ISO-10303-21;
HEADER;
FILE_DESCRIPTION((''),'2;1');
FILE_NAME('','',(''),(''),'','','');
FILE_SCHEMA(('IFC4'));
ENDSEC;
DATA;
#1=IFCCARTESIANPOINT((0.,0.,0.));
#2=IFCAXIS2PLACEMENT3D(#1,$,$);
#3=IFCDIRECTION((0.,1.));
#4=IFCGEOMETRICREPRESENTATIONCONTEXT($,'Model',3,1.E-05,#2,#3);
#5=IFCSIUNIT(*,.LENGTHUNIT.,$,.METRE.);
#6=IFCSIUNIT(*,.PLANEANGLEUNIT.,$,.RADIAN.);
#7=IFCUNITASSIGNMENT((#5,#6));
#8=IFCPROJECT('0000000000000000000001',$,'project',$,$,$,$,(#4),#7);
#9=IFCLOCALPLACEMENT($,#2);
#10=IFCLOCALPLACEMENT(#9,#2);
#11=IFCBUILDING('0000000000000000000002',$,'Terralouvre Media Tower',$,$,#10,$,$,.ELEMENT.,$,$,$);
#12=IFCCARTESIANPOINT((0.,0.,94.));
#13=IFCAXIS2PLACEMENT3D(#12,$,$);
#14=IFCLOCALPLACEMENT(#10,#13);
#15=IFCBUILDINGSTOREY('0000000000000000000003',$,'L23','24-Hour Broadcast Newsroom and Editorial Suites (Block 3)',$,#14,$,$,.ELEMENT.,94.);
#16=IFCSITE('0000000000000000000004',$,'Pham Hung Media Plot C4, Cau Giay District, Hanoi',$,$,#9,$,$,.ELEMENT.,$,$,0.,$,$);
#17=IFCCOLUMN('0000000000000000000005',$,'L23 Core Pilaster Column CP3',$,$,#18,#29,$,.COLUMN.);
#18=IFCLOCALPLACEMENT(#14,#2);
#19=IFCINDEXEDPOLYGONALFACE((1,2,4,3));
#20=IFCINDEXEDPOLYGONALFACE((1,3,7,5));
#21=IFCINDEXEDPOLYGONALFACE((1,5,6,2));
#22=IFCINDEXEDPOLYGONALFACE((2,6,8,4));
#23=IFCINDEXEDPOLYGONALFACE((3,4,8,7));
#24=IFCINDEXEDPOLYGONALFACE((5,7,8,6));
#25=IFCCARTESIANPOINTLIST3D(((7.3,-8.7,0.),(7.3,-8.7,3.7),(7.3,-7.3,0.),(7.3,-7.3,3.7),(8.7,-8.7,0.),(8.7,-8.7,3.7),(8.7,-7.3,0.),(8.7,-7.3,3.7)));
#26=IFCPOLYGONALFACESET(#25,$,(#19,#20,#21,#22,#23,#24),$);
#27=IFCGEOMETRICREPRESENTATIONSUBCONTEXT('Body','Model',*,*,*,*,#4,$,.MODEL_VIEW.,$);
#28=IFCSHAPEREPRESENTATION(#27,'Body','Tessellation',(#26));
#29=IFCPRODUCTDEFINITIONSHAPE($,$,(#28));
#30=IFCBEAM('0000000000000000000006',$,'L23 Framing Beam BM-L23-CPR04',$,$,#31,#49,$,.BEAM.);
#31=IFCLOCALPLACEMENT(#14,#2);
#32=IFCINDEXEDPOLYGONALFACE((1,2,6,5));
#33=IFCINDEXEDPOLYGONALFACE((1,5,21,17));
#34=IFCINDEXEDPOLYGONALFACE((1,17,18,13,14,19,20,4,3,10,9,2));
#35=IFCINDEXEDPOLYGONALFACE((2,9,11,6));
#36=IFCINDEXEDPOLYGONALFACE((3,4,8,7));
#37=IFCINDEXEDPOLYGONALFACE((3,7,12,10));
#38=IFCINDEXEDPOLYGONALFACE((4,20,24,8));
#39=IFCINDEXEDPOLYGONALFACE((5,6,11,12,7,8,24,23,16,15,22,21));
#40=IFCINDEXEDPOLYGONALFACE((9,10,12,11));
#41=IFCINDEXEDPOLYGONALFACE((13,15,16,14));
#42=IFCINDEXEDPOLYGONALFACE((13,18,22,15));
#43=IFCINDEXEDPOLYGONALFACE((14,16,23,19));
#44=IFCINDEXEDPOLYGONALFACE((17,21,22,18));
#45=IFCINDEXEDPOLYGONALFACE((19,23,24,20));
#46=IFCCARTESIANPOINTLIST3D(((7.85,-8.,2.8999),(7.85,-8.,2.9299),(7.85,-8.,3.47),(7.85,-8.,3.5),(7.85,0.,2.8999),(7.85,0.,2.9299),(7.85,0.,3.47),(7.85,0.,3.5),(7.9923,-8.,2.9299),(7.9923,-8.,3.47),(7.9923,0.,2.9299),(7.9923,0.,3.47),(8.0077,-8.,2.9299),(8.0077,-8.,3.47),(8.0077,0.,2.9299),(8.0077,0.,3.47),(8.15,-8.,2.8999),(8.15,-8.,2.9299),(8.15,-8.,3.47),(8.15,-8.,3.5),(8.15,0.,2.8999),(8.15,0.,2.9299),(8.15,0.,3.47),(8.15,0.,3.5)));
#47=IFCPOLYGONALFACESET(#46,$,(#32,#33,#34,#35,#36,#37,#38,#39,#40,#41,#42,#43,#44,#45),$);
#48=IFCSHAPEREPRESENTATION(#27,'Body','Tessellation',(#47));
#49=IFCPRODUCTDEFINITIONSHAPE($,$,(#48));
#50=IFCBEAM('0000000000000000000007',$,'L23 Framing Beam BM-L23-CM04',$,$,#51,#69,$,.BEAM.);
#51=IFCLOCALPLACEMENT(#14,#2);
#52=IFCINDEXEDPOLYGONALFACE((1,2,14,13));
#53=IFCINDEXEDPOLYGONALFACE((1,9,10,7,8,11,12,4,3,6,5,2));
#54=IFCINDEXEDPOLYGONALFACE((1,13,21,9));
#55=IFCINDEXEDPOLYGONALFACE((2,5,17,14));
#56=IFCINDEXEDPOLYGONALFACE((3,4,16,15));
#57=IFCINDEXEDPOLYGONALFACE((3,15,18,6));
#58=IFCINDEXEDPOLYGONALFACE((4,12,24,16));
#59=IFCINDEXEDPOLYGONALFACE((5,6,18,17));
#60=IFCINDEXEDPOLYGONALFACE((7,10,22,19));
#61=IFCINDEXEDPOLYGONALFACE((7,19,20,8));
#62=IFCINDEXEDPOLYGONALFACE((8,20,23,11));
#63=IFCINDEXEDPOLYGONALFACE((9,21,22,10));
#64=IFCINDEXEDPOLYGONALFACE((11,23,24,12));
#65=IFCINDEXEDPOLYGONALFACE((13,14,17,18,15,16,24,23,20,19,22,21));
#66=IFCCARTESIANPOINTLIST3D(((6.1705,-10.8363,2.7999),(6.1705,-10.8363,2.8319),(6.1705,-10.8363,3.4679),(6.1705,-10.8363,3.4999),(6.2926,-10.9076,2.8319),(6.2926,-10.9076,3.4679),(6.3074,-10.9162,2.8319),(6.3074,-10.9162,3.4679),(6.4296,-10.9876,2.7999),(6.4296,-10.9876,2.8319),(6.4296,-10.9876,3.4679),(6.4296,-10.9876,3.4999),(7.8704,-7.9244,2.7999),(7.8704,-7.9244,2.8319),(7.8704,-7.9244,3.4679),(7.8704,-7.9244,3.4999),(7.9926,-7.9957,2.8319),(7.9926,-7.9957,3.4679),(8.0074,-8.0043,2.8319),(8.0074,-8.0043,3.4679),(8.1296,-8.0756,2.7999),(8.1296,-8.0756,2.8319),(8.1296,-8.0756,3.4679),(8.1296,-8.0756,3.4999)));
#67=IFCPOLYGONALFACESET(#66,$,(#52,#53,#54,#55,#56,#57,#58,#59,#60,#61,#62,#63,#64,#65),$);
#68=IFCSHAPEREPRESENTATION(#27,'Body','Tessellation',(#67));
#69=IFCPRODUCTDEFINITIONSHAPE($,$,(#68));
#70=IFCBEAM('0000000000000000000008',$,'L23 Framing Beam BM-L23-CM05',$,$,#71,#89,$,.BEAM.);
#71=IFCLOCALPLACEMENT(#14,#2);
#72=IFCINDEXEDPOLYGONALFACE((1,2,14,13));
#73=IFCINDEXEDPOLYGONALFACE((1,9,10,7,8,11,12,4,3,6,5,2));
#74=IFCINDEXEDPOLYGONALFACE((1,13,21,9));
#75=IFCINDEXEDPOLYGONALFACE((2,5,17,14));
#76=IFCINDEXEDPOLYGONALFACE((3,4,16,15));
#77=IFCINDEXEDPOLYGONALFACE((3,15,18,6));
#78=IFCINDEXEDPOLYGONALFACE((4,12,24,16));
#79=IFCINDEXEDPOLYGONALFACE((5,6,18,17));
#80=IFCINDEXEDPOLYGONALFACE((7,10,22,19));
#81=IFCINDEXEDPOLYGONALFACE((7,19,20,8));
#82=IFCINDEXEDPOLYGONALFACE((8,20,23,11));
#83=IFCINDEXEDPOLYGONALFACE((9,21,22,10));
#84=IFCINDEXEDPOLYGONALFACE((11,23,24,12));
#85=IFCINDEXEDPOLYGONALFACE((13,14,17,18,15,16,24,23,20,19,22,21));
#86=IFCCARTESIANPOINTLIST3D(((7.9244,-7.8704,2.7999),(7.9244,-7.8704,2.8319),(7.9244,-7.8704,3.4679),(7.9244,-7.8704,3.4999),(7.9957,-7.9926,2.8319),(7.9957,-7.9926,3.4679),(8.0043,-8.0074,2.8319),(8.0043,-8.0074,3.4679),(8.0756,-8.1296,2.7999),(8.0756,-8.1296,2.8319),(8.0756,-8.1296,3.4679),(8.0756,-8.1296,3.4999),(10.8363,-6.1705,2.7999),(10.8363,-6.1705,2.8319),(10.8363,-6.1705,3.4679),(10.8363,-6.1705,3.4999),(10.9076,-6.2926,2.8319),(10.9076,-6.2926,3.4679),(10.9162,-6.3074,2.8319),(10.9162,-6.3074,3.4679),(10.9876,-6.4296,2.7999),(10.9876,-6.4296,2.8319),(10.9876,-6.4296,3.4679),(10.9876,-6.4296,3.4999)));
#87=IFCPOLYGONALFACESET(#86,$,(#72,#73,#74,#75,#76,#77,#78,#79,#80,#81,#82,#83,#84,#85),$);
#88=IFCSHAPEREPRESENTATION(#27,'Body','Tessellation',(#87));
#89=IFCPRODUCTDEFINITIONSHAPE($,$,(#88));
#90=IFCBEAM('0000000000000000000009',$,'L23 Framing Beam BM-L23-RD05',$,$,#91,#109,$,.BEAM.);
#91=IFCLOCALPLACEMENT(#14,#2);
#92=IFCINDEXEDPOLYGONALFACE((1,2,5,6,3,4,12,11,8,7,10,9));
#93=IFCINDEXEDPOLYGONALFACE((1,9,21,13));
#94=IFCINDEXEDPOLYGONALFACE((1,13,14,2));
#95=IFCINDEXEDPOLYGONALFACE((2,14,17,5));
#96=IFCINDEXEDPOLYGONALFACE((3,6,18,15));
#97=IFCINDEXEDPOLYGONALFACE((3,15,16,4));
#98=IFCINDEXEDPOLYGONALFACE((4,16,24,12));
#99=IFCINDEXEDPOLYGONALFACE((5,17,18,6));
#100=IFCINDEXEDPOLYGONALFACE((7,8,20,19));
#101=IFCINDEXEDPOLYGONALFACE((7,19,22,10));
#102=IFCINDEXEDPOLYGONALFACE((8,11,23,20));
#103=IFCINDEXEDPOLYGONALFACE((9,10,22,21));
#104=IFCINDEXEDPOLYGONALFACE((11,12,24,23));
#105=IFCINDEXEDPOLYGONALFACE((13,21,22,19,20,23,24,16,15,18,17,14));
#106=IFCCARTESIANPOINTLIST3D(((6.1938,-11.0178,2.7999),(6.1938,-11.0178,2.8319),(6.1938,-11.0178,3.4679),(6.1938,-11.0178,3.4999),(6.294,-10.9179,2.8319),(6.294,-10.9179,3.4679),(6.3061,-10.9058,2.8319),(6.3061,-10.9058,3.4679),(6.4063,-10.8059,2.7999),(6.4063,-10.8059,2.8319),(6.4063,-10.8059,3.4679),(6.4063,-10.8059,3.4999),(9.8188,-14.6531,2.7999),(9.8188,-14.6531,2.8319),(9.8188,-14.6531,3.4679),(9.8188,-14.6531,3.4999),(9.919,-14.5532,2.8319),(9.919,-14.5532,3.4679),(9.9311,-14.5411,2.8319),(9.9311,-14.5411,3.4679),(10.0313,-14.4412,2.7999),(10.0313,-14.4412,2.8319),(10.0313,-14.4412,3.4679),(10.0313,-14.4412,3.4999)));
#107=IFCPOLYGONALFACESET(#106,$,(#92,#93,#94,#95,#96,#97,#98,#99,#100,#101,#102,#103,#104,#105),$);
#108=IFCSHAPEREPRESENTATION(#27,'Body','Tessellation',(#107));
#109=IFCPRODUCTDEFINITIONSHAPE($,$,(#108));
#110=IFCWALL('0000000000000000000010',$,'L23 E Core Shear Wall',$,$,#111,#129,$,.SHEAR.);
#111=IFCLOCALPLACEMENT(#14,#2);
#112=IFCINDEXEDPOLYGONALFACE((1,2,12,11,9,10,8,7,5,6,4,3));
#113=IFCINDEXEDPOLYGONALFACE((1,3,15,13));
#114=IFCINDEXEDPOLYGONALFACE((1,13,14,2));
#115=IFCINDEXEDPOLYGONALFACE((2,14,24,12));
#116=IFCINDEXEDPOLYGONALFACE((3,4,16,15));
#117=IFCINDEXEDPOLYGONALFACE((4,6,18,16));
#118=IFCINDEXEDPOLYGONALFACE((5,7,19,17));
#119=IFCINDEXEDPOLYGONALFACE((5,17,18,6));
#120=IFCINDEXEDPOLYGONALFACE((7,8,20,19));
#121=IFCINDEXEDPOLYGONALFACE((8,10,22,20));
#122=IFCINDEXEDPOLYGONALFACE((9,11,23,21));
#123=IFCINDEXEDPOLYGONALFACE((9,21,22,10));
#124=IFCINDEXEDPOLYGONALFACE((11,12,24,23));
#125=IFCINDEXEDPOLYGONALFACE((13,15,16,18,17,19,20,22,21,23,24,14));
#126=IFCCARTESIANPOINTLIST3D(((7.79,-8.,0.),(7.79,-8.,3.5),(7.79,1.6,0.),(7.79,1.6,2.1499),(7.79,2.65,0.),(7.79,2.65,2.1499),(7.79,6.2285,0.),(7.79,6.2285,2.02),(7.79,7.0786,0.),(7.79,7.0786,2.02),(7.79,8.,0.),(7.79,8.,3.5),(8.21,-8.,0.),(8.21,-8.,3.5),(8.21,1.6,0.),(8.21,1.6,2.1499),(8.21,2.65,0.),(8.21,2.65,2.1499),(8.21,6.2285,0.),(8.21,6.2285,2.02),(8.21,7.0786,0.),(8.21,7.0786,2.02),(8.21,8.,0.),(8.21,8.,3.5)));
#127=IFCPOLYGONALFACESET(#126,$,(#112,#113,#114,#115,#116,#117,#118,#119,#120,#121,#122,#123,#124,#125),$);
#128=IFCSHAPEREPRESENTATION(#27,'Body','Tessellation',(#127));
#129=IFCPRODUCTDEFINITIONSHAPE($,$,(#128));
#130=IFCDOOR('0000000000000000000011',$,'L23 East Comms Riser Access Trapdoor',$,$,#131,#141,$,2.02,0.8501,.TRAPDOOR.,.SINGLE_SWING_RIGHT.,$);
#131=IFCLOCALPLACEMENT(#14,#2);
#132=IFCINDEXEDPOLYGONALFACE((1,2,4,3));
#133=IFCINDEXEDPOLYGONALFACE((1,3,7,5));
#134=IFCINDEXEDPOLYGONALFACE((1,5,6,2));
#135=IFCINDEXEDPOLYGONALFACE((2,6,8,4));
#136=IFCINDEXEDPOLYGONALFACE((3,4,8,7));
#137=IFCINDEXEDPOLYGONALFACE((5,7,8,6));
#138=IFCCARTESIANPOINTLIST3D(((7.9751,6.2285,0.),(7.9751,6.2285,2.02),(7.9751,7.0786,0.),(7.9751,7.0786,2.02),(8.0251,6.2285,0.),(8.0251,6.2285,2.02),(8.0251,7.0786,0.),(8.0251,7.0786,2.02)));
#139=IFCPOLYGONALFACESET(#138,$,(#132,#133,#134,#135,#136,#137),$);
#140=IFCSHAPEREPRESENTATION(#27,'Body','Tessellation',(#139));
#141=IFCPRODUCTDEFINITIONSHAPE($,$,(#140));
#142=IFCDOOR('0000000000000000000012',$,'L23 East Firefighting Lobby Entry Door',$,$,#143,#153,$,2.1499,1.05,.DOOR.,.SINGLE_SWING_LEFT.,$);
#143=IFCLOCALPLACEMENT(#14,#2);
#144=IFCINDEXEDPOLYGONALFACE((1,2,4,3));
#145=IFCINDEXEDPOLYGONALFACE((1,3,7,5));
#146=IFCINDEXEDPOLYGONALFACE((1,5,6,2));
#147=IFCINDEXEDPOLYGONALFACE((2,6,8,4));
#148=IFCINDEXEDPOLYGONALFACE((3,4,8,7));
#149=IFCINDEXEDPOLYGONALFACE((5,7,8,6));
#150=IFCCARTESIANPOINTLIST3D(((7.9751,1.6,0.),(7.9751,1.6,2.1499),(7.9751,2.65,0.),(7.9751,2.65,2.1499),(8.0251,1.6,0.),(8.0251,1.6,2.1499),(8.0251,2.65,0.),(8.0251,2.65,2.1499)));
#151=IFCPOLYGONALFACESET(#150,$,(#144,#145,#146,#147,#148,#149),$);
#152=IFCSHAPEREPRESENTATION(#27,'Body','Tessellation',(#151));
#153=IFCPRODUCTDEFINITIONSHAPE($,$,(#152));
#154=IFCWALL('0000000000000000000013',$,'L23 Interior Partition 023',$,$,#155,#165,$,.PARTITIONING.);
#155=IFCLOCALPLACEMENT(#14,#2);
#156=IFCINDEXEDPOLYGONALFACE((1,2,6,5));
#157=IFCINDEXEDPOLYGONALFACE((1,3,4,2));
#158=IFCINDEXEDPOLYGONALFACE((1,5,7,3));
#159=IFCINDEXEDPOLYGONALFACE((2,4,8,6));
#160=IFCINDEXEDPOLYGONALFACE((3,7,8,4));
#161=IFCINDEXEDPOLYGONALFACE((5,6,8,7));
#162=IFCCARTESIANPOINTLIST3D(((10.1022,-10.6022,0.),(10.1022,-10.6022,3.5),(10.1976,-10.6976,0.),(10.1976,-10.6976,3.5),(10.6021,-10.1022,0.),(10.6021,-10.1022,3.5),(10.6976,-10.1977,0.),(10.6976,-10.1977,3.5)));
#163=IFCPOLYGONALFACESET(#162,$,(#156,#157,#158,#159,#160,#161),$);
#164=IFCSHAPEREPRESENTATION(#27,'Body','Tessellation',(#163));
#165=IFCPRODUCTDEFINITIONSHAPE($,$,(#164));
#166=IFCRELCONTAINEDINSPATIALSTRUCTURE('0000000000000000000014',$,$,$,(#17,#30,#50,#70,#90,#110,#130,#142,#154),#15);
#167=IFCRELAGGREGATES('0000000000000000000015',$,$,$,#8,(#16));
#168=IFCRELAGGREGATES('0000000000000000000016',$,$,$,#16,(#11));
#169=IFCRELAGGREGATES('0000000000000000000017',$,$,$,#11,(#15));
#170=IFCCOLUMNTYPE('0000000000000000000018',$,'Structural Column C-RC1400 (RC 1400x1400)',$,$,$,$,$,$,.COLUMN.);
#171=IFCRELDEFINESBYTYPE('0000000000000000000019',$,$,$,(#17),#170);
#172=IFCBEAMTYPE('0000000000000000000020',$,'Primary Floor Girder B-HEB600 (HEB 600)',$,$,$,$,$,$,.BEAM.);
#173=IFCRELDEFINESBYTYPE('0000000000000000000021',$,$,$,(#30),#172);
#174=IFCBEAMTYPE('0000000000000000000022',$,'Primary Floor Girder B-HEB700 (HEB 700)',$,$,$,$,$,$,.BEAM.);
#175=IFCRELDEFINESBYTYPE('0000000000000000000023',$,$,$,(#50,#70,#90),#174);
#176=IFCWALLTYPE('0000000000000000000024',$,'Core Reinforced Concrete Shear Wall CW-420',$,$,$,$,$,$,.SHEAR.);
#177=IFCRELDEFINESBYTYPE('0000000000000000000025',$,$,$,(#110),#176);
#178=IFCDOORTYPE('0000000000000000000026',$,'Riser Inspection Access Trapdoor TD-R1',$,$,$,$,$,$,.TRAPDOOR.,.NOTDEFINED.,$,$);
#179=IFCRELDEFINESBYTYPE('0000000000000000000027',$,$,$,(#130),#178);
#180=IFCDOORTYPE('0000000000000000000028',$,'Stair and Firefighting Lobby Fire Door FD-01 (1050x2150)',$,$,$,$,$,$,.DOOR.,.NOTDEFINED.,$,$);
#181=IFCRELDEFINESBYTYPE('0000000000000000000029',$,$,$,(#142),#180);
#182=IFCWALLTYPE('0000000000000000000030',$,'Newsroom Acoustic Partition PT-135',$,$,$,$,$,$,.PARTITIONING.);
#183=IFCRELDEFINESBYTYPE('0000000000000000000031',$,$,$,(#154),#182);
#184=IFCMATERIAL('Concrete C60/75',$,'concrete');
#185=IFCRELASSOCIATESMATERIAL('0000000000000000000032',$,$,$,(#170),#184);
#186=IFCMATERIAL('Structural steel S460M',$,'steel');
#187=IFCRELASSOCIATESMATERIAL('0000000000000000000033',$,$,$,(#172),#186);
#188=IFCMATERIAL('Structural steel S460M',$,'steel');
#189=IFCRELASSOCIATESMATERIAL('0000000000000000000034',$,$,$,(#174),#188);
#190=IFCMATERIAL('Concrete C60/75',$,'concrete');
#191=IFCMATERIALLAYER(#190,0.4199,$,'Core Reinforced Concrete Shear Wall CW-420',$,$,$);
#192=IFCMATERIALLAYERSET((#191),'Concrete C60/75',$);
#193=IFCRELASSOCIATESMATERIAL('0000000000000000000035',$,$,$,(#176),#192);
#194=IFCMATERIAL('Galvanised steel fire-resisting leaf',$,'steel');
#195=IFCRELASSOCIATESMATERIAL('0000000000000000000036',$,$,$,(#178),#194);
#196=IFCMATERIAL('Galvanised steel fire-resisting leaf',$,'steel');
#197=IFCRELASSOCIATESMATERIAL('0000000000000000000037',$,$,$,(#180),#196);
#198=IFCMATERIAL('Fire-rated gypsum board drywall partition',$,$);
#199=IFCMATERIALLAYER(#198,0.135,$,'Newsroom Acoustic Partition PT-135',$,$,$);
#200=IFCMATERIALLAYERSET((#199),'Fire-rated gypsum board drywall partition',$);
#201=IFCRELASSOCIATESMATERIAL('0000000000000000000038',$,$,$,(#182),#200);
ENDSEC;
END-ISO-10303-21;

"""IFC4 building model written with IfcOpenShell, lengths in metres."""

from ifc_helpers import new_model, si_unit, direction, frame, frame_2d, origin, origin_2d, place, context, subcontext, project, spatial, rectangle, i_section, extrude, material, layer, layer_set, material_profile, profile_set, type_object, element, fill, save


model = new_model("IFC4")

# Units and contexts
model_context = context("Model", 3, precision=1e-05, world=origin(), true_north=direction((0.0, 1.0)))
body_context = subcontext(model_context, "Body", "Model", "MODEL_VIEW")
ifc_project = project(units=[si_unit("LENGTHUNIT", "METRE"), si_unit("PLANEANGLEUNIT", "RADIAN")], contexts=[model_context])

# Site, building, storey
site_placement = place(None, origin())
site = spatial("IfcSite", under=ifc_project, at=site_placement, Name="Pham Hung Media Plot C4, Cau Giay District, Hanoi", CompositionType="ELEMENT", RefElevation=0.0)
building_placement = place(site_placement, origin())
building = spatial("IfcBuilding", under=site, at=building_placement, Name="Terralouvre Media Tower", CompositionType="ELEMENT")
storey_placement = place(building_placement, frame((0.0, 0.0, 94.0)))
storey = spatial("IfcBuildingStorey", under=building, at=storey_placement, Name="L23", Description="24-Hour Broadcast Newsroom and Editorial Suites (Block 3)", CompositionType="ELEMENT", Elevation=94.0)

# Column
ifc_material_1 = material(Name="Concrete C60/75", Category="concrete")
ifc_material_profile_1 = material_profile(ifc_material_1, rectangle(XDim=1.3999, YDim=1.3999, at=origin_2d()), Name="RC 1400x1400")
ifc_profile_set_1 = profile_set([ifc_material_profile_1], Name="Concrete C60/75")
column_type = type_object("IfcColumnType", Name="Structural Column C-RC1400 (RC 1400x1400)", PredefinedType="COLUMN", material=ifc_profile_set_1)
column_placement = place(storey_placement, frame((8.0, -8.0, 0.0), z_axis=(0.0, 0.0, 1.0), x_axis=(1.0, 0.0, 0.0)))
element("IfcColumn", 1, at=column_placement, inside=storey, type_object=column_type, Name="L23 Core Pilaster Column CP3", PredefinedType="COLUMN", context=body_context, shape_type="SweptSolid", body=[
    extrude(rectangle(XDim=1.3999, YDim=1.3999, at=origin_2d()), origin(), (0.0, 0.0, 1.0), 3.7),
])

# Beams
ifc_material_2 = material(Name="Structural steel S460M", Category="steel")
ifc_material_profile_2 = material_profile(ifc_material_2, i_section(OverallWidth=0.3, OverallDepth=0.6001, WebThickness=0.0154, FlangeThickness=0.03, at=origin_2d()), Name="HEB 600")
ifc_profile_set_2 = profile_set([ifc_material_profile_2], Name="Structural steel S460M")
beam_type_1 = type_object("IfcBeamType", Name="Primary Floor Girder B-HEB600 (HEB 600)", PredefinedType="BEAM", material=ifc_profile_set_2)
beam_1_placement = place(storey_placement, frame((8.0, -8.0, 3.2), z_axis=(0.0, 1.0, 0.0), x_axis=(-1.0, 0.0, 0.0)))
element("IfcBeam", 2, at=beam_1_placement, inside=storey, type_object=beam_type_1, Name="L23 Framing Beam BM-L23-CPR04", PredefinedType="BEAM", context=body_context, shape_type="SweptSolid", body=[
    extrude(i_section(OverallWidth=0.3, OverallDepth=0.6001, WebThickness=0.0154, FlangeThickness=0.03, at=origin_2d()), origin(), (0.0, 0.0, 1.0), 8.0),
])
ifc_material_3 = material(Name="Structural steel S460M", Category="steel")
ifc_material_profile_3 = material_profile(ifc_material_3, i_section(OverallWidth=0.3, OverallDepth=0.7, WebThickness=0.0171, FlangeThickness=0.032, at=origin_2d()), Name="HEB 700")
ifc_profile_set_3 = profile_set([ifc_material_profile_3], Name="Structural steel S460M")
beam_type_2 = type_object("IfcBeamType", Name="Primary Floor Girder B-HEB700 (HEB 700)", PredefinedType="BEAM", material=ifc_profile_set_3)
for number, where, z_axis, x_axis, name in (
    (3, (8.0, -8.0, 3.1499), (-0.504173, -0.863603, 0.0), (0.863603, -0.504173, 0.0), "L23 Framing Beam BM-L23-CM04"),
    (4, (8.0, -8.0, 3.1499), (0.863603, 0.504173, 0.0), (-0.504173, 0.863603, 0.0), "L23 Framing Beam BM-L23-CM05"),
):
    element("IfcBeam", number, at=place(storey_placement, frame(where, z_axis=z_axis, x_axis=x_axis)), inside=storey, type_object=beam_type_2, Name=name, PredefinedType="BEAM", context=body_context, shape_type="SweptSolid", body=[
        extrude(i_section(OverallWidth=0.3, OverallDepth=0.7, WebThickness=0.0171, FlangeThickness=0.032, at=origin_2d()), origin(), (0.0, 0.0, 1.0), 3.3718),
    ])
beam_2_placement = place(storey_placement, frame((6.3, -10.9119, 3.1499), z_axis=(0.706107, -0.708105, 0.0), x_axis=(0.708105, 0.706107, 0.0)))
element("IfcBeam", 5, at=beam_2_placement, inside=storey, type_object=beam_type_2, Name="L23 Framing Beam BM-L23-RD05", PredefinedType="BEAM", context=body_context, shape_type="SweptSolid", body=[
    extrude(i_section(OverallWidth=0.3, OverallDepth=0.7, WebThickness=0.0171, FlangeThickness=0.032, at=origin_2d()), origin(), (0.0, 0.0, 1.0), 5.1338),
])

# Wall, openings, doors
ifc_material_4 = material(Name="Concrete C60/75", Category="concrete")
ifc_layer_1 = layer(ifc_material_4, 0.4199, Name="Core Reinforced Concrete Shear Wall CW-420")
ifc_layer_set_1 = layer_set([ifc_layer_1], Name="Concrete C60/75")
wall_type_1 = type_object("IfcWallType", Name="Core Reinforced Concrete Shear Wall CW-420", PredefinedType="SHEAR", material=ifc_layer_set_1)
wall_1_placement = place(storey_placement, frame((8.0, -8.0, 0.0), z_axis=(0.0, 0.0, 1.0), x_axis=(0.0, 1.0, 0.0)))
wall_1 = element("IfcWall", 6, at=wall_1_placement, inside=storey, type_object=wall_type_1, Name="L23 E Core Shear Wall", PredefinedType="SHEAR", context=body_context, shape_type="SweptSolid", body=[
    extrude(rectangle(XDim=16.0, YDim=0.4199, at=frame_2d((8.0, 0.0))), origin(), (0.0, 0.0, 1.0), 3.5),
])
opening_1_placement = place(wall_1_placement, frame((9.6001, 0.0, 0.0)))
opening_1 = element("IfcOpeningElement", 7, at=opening_1_placement, cuts=wall_1, PredefinedType="OPENING", context=body_context, shape_type="SweptSolid", body=[
    extrude(rectangle(XDim=1.05, YDim=2.1499, at=frame_2d((0.5249, 1.075))), frame((0.0, 0.22, 0.0), z_axis=(0.0, -1.0, 0.0), x_axis=(1.0, 0.0, 0.0)), (0.0, 0.0, 1.0), 0.4399),
])
opening_2_placement = place(wall_1_placement, frame((14.2285, 0.0, 0.0)))
opening_2 = element("IfcOpeningElement", 8, at=opening_2_placement, cuts=wall_1, PredefinedType="OPENING", context=body_context, shape_type="SweptSolid", body=[
    extrude(rectangle(XDim=0.8501, YDim=2.02, at=frame_2d((0.425, 1.01))), frame((0.0, 0.22, 0.0), z_axis=(0.0, -1.0, 0.0), x_axis=(1.0, 0.0, 0.0)), (0.0, 0.0, 1.0), 0.4399),
])
ifc_material_5 = material(Name="Galvanised steel fire-resisting leaf", Category="steel")
door_type_1 = type_object("IfcDoorType", Name="Riser Inspection Access Trapdoor TD-R1", OperationType="NOTDEFINED", PredefinedType="TRAPDOOR", material=ifc_material_5)
door_1_placement = place(opening_2_placement, origin())
door_1 = element("IfcDoor", 9, at=door_1_placement, inside=storey, type_object=door_type_1, Name="L23 East Comms Riser Access Trapdoor", OperationType="SINGLE_SWING_RIGHT", OverallHeight=2.02, OverallWidth=0.8501, PredefinedType="TRAPDOOR", context=body_context, shape_type="SweptSolid", body=[
    extrude(rectangle(XDim=0.8501, YDim=2.02, at=frame_2d((0.425, 1.01))), frame((0.0, 0.0249, 0.0), z_axis=(0.0, -1.0, 0.0), x_axis=(1.0, 0.0, 0.0)), (0.0, 0.0, 1.0), 0.05),
])
fill(opening_2, door_1)
ifc_material_6 = material(Name="Galvanised steel fire-resisting leaf", Category="steel")
door_type_2 = type_object("IfcDoorType", Name="Stair and Firefighting Lobby Fire Door FD-01 (1050x2150)", OperationType="NOTDEFINED", PredefinedType="DOOR", material=ifc_material_6)
door_2_placement = place(opening_1_placement, origin())
door_2 = element("IfcDoor", 10, at=door_2_placement, inside=storey, type_object=door_type_2, Name="L23 East Firefighting Lobby Entry Door", OperationType="SINGLE_SWING_LEFT", OverallHeight=2.1499, OverallWidth=1.05, PredefinedType="DOOR", context=body_context, shape_type="SweptSolid", body=[
    extrude(rectangle(XDim=1.05, YDim=2.1499, at=frame_2d((0.5249, 1.075))), frame((0.0, 0.0249, 0.0), z_axis=(0.0, -1.0, 0.0), x_axis=(1.0, 0.0, 0.0)), (0.0, 0.0, 1.0), 0.05),
])
fill(opening_1, door_2)

# Wall
ifc_material_7 = material(Name="Fire-rated gypsum board drywall partition")
ifc_layer_2 = layer(ifc_material_7, 0.135, Name="Newsroom Acoustic Partition PT-135")
ifc_layer_set_2 = layer_set([ifc_layer_2], Name="Fire-rated gypsum board drywall partition")
wall_type_2 = type_object("IfcWallType", Name="Newsroom Acoustic Partition PT-135", PredefinedType="PARTITIONING", material=ifc_layer_set_2)
wall_2_placement = place(storey_placement, frame((10.1499, -10.6499, 0.0), z_axis=(0.0, 0.0, 1.0), x_axis=(0.707107, 0.707107, 0.0)))
element("IfcWall", 11, at=wall_2_placement, inside=storey, type_object=wall_type_2, Name="L23 Interior Partition 023", PredefinedType="PARTITIONING", context=body_context, shape_type="SweptSolid", body=[
    extrude(rectangle(XDim=0.707, YDim=0.135, at=frame_2d((0.3535, 0.0))), origin(), (0.0, 0.0, 1.0), 3.5),
])

save(model, "model.ifc")
